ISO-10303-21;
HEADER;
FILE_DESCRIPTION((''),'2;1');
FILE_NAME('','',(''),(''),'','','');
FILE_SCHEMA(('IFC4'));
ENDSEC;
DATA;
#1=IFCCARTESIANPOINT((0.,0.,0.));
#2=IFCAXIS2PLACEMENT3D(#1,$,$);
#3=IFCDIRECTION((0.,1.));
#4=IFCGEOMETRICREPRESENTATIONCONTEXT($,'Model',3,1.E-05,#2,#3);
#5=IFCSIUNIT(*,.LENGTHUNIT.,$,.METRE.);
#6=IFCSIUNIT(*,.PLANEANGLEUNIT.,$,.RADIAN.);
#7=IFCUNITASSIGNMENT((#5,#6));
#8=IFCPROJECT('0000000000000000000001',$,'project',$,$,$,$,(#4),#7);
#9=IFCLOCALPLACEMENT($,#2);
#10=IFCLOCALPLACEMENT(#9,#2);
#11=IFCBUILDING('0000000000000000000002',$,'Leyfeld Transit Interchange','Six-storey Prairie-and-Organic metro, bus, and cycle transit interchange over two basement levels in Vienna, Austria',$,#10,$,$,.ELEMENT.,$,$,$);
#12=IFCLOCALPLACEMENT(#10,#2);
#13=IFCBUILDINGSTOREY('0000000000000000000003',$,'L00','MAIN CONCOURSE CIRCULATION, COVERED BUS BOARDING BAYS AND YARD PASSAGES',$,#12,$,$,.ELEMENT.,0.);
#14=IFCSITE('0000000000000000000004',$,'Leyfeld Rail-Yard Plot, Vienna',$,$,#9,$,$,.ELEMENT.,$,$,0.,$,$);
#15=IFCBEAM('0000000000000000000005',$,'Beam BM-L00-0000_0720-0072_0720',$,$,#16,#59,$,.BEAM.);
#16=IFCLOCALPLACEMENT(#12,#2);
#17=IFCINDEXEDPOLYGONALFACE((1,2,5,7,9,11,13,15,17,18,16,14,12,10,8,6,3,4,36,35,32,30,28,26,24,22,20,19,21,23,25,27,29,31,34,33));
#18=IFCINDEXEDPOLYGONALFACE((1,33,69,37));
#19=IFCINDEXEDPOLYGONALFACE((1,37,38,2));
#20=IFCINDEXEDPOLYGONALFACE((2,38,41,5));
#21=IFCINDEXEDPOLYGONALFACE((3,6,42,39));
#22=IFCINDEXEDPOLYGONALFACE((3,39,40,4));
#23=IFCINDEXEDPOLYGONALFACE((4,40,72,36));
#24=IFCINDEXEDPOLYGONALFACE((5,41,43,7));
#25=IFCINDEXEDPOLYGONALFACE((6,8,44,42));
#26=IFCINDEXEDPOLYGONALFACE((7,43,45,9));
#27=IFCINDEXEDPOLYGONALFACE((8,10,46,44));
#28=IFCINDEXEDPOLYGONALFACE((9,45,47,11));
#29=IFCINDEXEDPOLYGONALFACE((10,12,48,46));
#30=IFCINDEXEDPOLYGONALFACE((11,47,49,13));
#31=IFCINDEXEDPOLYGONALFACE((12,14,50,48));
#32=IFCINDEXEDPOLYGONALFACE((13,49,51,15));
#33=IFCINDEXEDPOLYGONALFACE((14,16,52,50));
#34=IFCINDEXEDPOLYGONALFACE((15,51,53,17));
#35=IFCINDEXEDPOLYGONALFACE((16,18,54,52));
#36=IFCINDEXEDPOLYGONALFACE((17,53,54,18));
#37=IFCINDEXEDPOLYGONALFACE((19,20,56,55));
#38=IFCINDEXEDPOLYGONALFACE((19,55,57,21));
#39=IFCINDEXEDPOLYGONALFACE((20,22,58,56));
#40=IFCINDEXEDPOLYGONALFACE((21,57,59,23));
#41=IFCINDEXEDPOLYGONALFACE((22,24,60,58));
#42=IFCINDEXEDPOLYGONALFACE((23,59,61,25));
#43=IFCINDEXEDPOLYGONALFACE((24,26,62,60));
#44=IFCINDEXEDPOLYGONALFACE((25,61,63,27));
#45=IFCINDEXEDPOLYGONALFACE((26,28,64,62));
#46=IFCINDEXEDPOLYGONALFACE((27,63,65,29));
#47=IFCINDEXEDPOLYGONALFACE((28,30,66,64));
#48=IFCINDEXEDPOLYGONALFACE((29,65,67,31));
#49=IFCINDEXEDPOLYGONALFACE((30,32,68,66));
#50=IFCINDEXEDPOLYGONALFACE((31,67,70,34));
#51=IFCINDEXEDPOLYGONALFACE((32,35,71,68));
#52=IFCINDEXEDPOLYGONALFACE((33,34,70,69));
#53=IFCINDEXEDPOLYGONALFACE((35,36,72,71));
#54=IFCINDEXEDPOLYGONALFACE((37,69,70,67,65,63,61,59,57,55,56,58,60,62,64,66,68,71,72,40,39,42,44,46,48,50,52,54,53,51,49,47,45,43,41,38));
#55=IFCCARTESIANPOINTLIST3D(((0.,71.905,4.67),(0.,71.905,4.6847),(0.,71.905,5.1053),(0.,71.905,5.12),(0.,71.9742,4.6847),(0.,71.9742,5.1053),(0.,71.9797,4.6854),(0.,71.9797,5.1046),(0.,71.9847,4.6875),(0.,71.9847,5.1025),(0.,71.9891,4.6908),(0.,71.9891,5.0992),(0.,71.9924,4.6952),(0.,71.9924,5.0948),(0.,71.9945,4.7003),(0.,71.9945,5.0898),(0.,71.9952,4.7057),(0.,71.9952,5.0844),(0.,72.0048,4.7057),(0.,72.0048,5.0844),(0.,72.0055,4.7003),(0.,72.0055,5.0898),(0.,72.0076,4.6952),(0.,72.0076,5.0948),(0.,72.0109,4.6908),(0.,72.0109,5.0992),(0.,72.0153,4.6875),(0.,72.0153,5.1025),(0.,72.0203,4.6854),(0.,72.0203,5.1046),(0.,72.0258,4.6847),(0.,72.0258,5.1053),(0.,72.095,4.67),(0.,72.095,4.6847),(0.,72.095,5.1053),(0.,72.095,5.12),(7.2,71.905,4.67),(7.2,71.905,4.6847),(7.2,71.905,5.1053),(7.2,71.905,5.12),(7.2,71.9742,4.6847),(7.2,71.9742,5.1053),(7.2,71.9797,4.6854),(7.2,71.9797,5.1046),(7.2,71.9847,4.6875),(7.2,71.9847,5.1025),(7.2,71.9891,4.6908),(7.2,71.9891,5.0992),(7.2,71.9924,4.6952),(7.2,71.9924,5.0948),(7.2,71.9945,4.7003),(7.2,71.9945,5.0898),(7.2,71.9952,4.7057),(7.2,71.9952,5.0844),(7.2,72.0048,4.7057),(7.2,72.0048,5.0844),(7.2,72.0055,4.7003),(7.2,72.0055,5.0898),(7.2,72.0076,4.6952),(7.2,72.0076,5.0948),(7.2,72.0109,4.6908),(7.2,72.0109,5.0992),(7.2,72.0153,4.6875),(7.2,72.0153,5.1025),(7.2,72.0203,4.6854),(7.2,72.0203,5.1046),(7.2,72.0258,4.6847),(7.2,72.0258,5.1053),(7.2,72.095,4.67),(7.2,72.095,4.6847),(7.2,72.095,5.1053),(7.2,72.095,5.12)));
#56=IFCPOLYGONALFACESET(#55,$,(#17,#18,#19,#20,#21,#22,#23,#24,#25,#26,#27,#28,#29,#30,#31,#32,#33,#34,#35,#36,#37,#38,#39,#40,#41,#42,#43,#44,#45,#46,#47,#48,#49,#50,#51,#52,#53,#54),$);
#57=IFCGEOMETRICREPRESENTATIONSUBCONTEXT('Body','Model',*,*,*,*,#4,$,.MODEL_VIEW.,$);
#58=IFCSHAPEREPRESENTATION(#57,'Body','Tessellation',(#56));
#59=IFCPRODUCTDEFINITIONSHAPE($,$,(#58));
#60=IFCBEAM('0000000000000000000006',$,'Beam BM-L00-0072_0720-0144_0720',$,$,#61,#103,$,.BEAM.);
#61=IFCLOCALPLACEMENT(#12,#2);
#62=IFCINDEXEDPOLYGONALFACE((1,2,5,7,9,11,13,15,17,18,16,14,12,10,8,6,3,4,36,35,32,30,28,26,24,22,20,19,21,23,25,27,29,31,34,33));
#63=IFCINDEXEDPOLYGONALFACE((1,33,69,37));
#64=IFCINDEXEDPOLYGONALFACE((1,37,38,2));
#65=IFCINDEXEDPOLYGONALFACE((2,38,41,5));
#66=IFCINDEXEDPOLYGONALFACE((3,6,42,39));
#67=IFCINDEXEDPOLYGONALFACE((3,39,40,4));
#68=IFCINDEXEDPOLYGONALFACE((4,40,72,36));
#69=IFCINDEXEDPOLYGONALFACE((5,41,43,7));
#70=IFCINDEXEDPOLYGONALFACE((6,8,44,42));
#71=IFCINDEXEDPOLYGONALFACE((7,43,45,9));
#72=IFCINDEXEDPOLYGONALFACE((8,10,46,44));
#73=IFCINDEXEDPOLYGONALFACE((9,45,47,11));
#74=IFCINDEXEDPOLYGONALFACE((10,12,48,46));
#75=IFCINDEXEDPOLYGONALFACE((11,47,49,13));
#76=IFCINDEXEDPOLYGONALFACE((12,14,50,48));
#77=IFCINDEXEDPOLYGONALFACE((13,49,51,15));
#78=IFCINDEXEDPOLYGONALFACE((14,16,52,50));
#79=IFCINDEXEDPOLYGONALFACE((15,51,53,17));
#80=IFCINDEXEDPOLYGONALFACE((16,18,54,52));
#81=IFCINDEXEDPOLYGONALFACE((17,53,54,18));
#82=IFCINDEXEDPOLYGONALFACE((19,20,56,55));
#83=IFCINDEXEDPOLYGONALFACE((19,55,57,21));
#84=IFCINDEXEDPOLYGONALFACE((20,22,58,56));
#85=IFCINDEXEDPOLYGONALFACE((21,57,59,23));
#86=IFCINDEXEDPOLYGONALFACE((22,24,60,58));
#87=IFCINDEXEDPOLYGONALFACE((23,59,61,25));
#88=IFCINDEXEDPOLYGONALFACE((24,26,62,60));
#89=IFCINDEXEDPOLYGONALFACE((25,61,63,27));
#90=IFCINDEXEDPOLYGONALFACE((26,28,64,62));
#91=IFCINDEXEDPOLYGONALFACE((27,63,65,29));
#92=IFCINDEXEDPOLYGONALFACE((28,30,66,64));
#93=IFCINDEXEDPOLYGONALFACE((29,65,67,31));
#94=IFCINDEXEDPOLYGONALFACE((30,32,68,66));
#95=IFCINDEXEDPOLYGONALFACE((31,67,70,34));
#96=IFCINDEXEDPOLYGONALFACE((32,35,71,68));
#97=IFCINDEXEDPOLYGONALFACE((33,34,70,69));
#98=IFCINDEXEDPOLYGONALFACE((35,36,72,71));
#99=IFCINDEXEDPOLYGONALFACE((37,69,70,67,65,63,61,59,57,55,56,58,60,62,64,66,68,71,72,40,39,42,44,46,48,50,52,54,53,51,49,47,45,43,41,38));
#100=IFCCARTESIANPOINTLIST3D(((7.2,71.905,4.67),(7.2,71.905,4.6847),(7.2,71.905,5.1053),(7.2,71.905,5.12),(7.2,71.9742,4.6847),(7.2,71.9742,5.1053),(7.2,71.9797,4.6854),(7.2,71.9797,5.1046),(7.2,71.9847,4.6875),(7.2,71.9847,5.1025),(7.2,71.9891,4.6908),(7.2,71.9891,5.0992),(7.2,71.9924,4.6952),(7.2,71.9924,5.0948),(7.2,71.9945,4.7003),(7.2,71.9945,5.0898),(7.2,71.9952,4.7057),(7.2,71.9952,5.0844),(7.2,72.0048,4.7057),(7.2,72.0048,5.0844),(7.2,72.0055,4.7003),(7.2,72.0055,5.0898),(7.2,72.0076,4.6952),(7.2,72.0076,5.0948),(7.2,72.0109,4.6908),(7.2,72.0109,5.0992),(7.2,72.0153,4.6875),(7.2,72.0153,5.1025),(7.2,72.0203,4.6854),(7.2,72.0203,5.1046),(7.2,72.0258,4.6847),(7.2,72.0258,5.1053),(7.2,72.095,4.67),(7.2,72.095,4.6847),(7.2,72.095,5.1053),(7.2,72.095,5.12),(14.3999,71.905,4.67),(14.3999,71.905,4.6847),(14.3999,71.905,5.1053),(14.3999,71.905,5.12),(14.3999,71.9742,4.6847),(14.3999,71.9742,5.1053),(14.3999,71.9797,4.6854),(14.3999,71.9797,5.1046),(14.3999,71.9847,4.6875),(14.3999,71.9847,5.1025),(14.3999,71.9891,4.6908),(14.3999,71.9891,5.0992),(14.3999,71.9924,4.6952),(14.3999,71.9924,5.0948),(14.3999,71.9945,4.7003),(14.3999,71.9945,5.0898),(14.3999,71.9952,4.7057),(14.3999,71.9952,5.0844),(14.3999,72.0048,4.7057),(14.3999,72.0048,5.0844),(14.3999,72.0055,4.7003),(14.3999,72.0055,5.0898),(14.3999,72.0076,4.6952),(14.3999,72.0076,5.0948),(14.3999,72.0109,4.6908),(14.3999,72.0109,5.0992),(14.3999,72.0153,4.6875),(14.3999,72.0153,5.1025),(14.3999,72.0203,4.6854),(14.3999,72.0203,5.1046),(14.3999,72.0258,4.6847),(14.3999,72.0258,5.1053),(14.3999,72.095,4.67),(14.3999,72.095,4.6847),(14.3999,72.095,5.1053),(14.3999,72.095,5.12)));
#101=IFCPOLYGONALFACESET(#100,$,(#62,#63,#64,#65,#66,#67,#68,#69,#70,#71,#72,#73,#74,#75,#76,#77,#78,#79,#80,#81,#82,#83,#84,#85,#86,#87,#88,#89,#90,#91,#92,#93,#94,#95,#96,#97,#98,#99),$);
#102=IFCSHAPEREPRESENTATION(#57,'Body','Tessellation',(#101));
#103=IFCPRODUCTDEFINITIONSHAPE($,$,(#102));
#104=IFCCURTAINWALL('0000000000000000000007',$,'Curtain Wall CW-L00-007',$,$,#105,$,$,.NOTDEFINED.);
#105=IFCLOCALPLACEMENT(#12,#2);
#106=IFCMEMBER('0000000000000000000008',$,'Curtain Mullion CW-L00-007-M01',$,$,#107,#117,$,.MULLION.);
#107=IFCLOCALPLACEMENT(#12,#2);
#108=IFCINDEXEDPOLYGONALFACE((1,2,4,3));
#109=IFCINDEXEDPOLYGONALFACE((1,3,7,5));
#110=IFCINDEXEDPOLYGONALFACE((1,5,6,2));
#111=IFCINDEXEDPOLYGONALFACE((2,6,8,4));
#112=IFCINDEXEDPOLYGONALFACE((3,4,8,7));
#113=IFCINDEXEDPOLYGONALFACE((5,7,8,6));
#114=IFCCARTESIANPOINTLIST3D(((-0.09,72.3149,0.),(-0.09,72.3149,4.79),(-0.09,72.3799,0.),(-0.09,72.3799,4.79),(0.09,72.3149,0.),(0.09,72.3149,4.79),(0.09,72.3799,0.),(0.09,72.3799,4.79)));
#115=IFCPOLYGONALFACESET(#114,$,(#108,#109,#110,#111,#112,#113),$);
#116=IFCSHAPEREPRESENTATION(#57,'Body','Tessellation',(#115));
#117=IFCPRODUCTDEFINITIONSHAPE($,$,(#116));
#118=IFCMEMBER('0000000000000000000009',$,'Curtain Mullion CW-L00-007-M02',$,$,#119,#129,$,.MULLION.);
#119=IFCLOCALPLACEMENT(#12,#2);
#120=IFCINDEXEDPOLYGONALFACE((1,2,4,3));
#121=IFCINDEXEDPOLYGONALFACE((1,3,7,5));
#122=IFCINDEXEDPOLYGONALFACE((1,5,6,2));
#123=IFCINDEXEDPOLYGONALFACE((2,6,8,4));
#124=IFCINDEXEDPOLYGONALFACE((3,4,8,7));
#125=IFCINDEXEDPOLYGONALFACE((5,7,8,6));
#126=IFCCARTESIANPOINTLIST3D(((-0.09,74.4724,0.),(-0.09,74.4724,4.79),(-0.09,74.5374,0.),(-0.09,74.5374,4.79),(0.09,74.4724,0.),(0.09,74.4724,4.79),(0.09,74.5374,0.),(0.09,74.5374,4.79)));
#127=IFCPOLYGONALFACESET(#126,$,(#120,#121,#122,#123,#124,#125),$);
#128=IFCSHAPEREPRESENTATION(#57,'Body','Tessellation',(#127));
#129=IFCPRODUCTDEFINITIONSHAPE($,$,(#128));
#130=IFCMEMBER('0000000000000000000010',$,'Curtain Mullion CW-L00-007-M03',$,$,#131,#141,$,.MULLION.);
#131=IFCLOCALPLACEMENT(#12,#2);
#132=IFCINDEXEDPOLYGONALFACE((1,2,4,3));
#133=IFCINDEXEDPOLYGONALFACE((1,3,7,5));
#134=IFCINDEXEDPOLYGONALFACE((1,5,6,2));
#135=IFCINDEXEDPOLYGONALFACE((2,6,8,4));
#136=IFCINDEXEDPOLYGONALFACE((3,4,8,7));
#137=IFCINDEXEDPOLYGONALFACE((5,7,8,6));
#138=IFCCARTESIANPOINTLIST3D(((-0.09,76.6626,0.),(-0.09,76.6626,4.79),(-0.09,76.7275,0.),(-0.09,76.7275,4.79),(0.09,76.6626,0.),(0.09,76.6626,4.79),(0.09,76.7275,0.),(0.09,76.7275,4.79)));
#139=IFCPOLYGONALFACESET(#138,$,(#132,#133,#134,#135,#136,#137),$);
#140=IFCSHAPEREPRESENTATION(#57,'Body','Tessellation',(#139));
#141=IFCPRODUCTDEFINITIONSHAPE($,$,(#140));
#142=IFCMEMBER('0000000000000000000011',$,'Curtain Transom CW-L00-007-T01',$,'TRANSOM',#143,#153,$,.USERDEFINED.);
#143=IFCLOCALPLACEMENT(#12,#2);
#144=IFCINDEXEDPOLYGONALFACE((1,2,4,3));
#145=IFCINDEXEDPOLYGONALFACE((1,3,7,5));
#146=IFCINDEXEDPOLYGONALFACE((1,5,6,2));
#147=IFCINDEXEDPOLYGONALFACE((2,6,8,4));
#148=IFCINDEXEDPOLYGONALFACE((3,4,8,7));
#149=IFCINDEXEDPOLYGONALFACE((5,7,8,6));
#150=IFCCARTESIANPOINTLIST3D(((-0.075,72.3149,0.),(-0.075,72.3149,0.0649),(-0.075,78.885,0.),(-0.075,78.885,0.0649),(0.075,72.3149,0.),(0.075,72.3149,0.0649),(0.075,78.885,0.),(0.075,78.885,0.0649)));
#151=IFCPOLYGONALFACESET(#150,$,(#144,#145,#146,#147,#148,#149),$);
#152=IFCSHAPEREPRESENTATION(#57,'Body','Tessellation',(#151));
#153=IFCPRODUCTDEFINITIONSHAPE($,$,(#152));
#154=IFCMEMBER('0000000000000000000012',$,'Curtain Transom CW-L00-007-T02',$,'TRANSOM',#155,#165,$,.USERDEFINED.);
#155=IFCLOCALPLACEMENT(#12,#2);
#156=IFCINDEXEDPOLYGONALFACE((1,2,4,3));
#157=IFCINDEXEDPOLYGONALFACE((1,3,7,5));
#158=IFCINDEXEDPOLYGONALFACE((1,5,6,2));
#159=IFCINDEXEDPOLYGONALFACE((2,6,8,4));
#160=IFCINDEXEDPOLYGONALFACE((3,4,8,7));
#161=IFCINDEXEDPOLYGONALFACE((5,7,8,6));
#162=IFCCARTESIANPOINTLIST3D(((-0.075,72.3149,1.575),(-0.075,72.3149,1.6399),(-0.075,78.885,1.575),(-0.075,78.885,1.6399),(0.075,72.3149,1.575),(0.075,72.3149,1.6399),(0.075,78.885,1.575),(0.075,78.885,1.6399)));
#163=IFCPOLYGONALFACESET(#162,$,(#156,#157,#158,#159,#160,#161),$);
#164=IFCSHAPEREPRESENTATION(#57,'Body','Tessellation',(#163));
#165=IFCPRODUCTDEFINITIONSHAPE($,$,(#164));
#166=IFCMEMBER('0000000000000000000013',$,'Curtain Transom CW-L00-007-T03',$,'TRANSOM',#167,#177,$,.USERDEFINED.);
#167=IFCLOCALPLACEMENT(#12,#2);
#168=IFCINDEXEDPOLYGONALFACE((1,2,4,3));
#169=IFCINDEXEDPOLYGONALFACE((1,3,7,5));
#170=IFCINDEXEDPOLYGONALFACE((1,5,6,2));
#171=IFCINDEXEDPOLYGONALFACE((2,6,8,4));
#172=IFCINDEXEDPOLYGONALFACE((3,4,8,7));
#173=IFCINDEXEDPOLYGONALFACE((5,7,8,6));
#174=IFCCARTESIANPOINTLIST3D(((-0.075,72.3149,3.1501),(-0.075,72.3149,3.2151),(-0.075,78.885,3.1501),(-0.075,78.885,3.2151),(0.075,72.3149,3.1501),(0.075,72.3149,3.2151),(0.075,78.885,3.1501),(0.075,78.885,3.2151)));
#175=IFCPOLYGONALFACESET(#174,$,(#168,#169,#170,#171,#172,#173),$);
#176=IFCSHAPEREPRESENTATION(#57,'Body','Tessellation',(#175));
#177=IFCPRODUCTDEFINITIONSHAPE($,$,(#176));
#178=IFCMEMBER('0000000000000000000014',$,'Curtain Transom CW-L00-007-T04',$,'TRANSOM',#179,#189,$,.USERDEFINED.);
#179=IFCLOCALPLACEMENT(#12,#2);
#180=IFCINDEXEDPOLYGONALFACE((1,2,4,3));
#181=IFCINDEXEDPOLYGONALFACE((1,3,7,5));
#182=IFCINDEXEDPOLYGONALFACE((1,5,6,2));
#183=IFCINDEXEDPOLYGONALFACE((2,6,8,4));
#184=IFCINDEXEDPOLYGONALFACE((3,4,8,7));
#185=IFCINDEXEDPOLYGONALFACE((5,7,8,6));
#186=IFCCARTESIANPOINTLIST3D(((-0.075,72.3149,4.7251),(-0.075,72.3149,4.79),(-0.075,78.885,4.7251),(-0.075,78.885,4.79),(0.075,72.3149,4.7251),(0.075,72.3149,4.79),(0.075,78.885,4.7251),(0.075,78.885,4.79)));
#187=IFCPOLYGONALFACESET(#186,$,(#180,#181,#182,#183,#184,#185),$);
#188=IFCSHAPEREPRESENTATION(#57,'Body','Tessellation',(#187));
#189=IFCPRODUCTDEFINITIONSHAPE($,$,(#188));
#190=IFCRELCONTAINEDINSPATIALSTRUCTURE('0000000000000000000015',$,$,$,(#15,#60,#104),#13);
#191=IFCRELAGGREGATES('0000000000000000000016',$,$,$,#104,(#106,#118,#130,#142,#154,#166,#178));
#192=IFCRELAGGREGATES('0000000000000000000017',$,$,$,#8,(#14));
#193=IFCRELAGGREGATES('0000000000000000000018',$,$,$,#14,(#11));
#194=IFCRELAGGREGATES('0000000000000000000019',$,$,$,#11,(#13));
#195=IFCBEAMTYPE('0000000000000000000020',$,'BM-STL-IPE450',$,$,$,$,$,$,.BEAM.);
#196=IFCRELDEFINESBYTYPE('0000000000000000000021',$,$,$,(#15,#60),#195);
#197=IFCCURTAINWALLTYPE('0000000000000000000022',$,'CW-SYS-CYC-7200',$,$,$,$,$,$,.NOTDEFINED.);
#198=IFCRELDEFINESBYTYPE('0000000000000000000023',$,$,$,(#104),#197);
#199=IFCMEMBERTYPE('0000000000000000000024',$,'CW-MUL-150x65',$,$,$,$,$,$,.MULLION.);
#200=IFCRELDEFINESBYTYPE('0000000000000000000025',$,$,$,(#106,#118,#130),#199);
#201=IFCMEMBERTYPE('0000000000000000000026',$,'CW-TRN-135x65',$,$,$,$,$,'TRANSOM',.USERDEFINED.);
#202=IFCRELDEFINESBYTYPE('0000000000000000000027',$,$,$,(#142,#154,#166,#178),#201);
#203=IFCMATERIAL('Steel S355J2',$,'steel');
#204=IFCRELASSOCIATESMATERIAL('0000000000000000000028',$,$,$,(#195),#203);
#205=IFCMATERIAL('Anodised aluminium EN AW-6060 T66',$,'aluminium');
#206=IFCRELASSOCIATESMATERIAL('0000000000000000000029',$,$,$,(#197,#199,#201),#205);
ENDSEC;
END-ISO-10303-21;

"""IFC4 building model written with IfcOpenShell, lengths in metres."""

from ifc_helpers import new_model, si_unit, direction, frame, origin, origin_2d, place, context, subcontext, project, spatial, rectangle, i_section, extrude, material, material_profile, profile_set, type_object, element, aggregate, save


model = new_model("IFC4")

# Units and contexts
model_context = context("Model", 3, precision=1e-05, world=origin(), true_north=direction((0.0, 1.0)))
body_context = subcontext(model_context, "Body", "Model", "MODEL_VIEW")
ifc_project = project(units=[si_unit("LENGTHUNIT", "METRE"), si_unit("PLANEANGLEUNIT", "RADIAN")], contexts=[model_context])

# Site, building, storey
site_placement = place(None, origin())
site = spatial("IfcSite", under=ifc_project, at=site_placement, Name="Leyfeld Rail-Yard Plot, Vienna", CompositionType="ELEMENT", RefElevation=0.0)
building_placement = place(site_placement, origin())
building = spatial("IfcBuilding", under=site, at=building_placement, Name="Leyfeld Transit Interchange", Description="Six-storey Prairie-and-Organic metro, bus, and cycle transit interchange over two basement levels in Vienna, Austria", CompositionType="ELEMENT")
storey_placement = place(building_placement, origin())
storey = spatial("IfcBuildingStorey", under=building, at=storey_placement, Name="L00", Description="MAIN CONCOURSE CIRCULATION, COVERED BUS BOARDING BAYS AND YARD PASSAGES", CompositionType="ELEMENT", Elevation=0.0)

# Beams
ifc_material_1 = material(Name="Steel S355J2", Category="steel")
ifc_material_profile_1 = material_profile(ifc_material_1, i_section(OverallWidth=0.1899, OverallDepth=0.45, WebThickness=0.0095, FlangeThickness=0.0146, FilletRadius=0.021, at=origin_2d()), Name="IPE 450")
ifc_profile_set_1 = profile_set([ifc_material_profile_1], Name="Steel S355J2")
beam_type_1 = type_object("IfcBeamType", Name="BM-STL-IPE450", PredefinedType="BEAM", material=ifc_profile_set_1)
for number, where, z_axis, x_axis, name in (
    (1, (0.0, 72.0, 4.895), (1.0, 0.0, 0.0), (0.0, 1.0, 0.0), "Beam BM-L00-0000_0720-0072_0720"),
    (2, (7.2, 72.0, 4.895), (1.0, 0.0, 0.0), (0.0, 1.0, 0.0), "Beam BM-L00-0072_0720-0144_0720"),
):
    element("IfcBeam", number, at=place(storey_placement, frame(where, z_axis=z_axis, x_axis=x_axis)), inside=storey, type_object=beam_type_1, Name=name, PredefinedType="BEAM", context=body_context, shape_type="SweptSolid", body=[
        extrude(i_section(OverallWidth=0.1899, OverallDepth=0.45, WebThickness=0.0095, FlangeThickness=0.0146, FilletRadius=0.021, at=origin_2d()), origin(), (0.0, 0.0, 1.0), 7.2),
    ])

# Curtain wall, members
ifc_material_2 = material(Name="Anodised aluminium EN AW-6060 T66", Category="aluminium")
curtain_wall_type = type_object("IfcCurtainWallType", Name="CW-SYS-CYC-7200", PredefinedType="NOTDEFINED", material=ifc_material_2)
curtain_wall_placement = place(storey_placement, origin())
curtain_wall = element("IfcCurtainWall", 3, at=curtain_wall_placement, inside=storey, type_object=curtain_wall_type, Name="Curtain Wall CW-L00-007", PredefinedType="NOTDEFINED")
ifc_material_profile_2 = material_profile(ifc_material_2, rectangle(XDim=0.0649, YDim=0.1799, at=origin_2d()), Name="CW-M 65x180")
ifc_profile_set_2 = profile_set([ifc_material_profile_2], Name="Anodised aluminium EN AW-6060 T66")
member_type_1 = type_object("IfcMemberType", Name="CW-MUL-150x65", PredefinedType="MULLION", material=ifc_profile_set_2)
member_1_placement = place(storey_placement, frame((0.0, 72.3474, 0.0), z_axis=(0.0, 0.0, 1.0), x_axis=(0.0, 1.0, 0.0)))
member_1 = element("IfcMember", 4, at=member_1_placement, type_object=member_type_1, Name="Curtain Mullion CW-L00-007-M01", PredefinedType="MULLION", context=body_context, shape_type="SweptSolid", body=[
    extrude(rectangle(XDim=0.0649, YDim=0.1799, at=origin_2d()), origin(), (0.0, 0.0, 1.0), 4.79),
])
member_2_placement = place(storey_placement, frame((0.0, 74.5049, 0.0), z_axis=(0.0, 0.0, 1.0), x_axis=(0.0, 1.0, 0.0)))
member_2 = element("IfcMember", 5, at=member_2_placement, type_object=member_type_1, Name="Curtain Mullion CW-L00-007-M02", PredefinedType="MULLION", context=body_context, shape_type="SweptSolid", body=[
    extrude(rectangle(XDim=0.0649, YDim=0.1799, at=origin_2d()), origin(), (0.0, 0.0, 1.0), 4.79),
])
member_3_placement = place(storey_placement, frame((0.0, 76.6951, 0.0), z_axis=(0.0, 0.0, 1.0), x_axis=(0.0, 1.0, 0.0)))
member_3 = element("IfcMember", 6, at=member_3_placement, type_object=member_type_1, Name="Curtain Mullion CW-L00-007-M03", PredefinedType="MULLION", context=body_context, shape_type="SweptSolid", body=[
    extrude(rectangle(XDim=0.0649, YDim=0.1799, at=origin_2d()), origin(), (0.0, 0.0, 1.0), 4.79),
])
ifc_material_profile_3 = material_profile(ifc_material_2, rectangle(XDim=0.1499, YDim=0.0649, at=origin_2d()), Name="CW-TRN-135x65")
ifc_profile_set_3 = profile_set([ifc_material_profile_3], Name="Anodised aluminium EN AW-6060 T66")
member_type_2 = type_object("IfcMemberType", Name="CW-TRN-135x65", ElementType="TRANSOM", PredefinedType="USERDEFINED", material=ifc_profile_set_3)
member_4_placement = place(storey_placement, frame((0.0, 72.3149, 0.0325), z_axis=(0.0, 1.0, 0.0), x_axis=(-1.0, 0.0, 0.0)))
member_4 = element("IfcMember", 7, at=member_4_placement, type_object=member_type_2, Name="Curtain Transom CW-L00-007-T01", ObjectType="TRANSOM", PredefinedType="USERDEFINED", context=body_context, shape_type="SweptSolid", body=[
    extrude(rectangle(XDim=0.1499, YDim=0.0649, at=origin_2d()), origin(), (0.0, 0.0, 1.0), 6.5701),
])
member_5_placement = place(storey_placement, frame((0.0, 72.3149, 1.6074), z_axis=(0.0, 1.0, 0.0), x_axis=(-1.0, 0.0, 0.0)))
member_5 = element("IfcMember", 8, at=member_5_placement, type_object=member_type_2, Name="Curtain Transom CW-L00-007-T02", ObjectType="TRANSOM", PredefinedType="USERDEFINED", context=body_context, shape_type="SweptSolid", body=[
    extrude(rectangle(XDim=0.1499, YDim=0.0649, at=origin_2d()), origin(), (0.0, 0.0, 1.0), 6.5701),
])
member_6_placement = place(storey_placement, frame((0.0, 72.3149, 3.1826), z_axis=(0.0, 1.0, 0.0), x_axis=(-1.0, 0.0, 0.0)))
member_6 = element("IfcMember", 9, at=member_6_placement, type_object=member_type_2, Name="Curtain Transom CW-L00-007-T03", ObjectType="TRANSOM", PredefinedType="USERDEFINED", context=body_context, shape_type="SweptSolid", body=[
    extrude(rectangle(XDim=0.1499, YDim=0.0649, at=origin_2d()), origin(), (0.0, 0.0, 1.0), 6.5701),
])
member_7_placement = place(storey_placement, frame((0.0, 72.3149, 4.7576), z_axis=(0.0, 1.0, 0.0), x_axis=(-1.0, 0.0, 0.0)))
member_7 = element("IfcMember", 10, at=member_7_placement, type_object=member_type_2, Name="Curtain Transom CW-L00-007-T04", ObjectType="TRANSOM", PredefinedType="USERDEFINED", context=body_context, shape_type="SweptSolid", body=[
    extrude(rectangle(XDim=0.1499, YDim=0.0649, at=origin_2d()), origin(), (0.0, 0.0, 1.0), 6.5701),
])
aggregate(curtain_wall, [member_1, member_2, member_3, member_4, member_5, member_6, member_7])

save(model, "model.ifc")
